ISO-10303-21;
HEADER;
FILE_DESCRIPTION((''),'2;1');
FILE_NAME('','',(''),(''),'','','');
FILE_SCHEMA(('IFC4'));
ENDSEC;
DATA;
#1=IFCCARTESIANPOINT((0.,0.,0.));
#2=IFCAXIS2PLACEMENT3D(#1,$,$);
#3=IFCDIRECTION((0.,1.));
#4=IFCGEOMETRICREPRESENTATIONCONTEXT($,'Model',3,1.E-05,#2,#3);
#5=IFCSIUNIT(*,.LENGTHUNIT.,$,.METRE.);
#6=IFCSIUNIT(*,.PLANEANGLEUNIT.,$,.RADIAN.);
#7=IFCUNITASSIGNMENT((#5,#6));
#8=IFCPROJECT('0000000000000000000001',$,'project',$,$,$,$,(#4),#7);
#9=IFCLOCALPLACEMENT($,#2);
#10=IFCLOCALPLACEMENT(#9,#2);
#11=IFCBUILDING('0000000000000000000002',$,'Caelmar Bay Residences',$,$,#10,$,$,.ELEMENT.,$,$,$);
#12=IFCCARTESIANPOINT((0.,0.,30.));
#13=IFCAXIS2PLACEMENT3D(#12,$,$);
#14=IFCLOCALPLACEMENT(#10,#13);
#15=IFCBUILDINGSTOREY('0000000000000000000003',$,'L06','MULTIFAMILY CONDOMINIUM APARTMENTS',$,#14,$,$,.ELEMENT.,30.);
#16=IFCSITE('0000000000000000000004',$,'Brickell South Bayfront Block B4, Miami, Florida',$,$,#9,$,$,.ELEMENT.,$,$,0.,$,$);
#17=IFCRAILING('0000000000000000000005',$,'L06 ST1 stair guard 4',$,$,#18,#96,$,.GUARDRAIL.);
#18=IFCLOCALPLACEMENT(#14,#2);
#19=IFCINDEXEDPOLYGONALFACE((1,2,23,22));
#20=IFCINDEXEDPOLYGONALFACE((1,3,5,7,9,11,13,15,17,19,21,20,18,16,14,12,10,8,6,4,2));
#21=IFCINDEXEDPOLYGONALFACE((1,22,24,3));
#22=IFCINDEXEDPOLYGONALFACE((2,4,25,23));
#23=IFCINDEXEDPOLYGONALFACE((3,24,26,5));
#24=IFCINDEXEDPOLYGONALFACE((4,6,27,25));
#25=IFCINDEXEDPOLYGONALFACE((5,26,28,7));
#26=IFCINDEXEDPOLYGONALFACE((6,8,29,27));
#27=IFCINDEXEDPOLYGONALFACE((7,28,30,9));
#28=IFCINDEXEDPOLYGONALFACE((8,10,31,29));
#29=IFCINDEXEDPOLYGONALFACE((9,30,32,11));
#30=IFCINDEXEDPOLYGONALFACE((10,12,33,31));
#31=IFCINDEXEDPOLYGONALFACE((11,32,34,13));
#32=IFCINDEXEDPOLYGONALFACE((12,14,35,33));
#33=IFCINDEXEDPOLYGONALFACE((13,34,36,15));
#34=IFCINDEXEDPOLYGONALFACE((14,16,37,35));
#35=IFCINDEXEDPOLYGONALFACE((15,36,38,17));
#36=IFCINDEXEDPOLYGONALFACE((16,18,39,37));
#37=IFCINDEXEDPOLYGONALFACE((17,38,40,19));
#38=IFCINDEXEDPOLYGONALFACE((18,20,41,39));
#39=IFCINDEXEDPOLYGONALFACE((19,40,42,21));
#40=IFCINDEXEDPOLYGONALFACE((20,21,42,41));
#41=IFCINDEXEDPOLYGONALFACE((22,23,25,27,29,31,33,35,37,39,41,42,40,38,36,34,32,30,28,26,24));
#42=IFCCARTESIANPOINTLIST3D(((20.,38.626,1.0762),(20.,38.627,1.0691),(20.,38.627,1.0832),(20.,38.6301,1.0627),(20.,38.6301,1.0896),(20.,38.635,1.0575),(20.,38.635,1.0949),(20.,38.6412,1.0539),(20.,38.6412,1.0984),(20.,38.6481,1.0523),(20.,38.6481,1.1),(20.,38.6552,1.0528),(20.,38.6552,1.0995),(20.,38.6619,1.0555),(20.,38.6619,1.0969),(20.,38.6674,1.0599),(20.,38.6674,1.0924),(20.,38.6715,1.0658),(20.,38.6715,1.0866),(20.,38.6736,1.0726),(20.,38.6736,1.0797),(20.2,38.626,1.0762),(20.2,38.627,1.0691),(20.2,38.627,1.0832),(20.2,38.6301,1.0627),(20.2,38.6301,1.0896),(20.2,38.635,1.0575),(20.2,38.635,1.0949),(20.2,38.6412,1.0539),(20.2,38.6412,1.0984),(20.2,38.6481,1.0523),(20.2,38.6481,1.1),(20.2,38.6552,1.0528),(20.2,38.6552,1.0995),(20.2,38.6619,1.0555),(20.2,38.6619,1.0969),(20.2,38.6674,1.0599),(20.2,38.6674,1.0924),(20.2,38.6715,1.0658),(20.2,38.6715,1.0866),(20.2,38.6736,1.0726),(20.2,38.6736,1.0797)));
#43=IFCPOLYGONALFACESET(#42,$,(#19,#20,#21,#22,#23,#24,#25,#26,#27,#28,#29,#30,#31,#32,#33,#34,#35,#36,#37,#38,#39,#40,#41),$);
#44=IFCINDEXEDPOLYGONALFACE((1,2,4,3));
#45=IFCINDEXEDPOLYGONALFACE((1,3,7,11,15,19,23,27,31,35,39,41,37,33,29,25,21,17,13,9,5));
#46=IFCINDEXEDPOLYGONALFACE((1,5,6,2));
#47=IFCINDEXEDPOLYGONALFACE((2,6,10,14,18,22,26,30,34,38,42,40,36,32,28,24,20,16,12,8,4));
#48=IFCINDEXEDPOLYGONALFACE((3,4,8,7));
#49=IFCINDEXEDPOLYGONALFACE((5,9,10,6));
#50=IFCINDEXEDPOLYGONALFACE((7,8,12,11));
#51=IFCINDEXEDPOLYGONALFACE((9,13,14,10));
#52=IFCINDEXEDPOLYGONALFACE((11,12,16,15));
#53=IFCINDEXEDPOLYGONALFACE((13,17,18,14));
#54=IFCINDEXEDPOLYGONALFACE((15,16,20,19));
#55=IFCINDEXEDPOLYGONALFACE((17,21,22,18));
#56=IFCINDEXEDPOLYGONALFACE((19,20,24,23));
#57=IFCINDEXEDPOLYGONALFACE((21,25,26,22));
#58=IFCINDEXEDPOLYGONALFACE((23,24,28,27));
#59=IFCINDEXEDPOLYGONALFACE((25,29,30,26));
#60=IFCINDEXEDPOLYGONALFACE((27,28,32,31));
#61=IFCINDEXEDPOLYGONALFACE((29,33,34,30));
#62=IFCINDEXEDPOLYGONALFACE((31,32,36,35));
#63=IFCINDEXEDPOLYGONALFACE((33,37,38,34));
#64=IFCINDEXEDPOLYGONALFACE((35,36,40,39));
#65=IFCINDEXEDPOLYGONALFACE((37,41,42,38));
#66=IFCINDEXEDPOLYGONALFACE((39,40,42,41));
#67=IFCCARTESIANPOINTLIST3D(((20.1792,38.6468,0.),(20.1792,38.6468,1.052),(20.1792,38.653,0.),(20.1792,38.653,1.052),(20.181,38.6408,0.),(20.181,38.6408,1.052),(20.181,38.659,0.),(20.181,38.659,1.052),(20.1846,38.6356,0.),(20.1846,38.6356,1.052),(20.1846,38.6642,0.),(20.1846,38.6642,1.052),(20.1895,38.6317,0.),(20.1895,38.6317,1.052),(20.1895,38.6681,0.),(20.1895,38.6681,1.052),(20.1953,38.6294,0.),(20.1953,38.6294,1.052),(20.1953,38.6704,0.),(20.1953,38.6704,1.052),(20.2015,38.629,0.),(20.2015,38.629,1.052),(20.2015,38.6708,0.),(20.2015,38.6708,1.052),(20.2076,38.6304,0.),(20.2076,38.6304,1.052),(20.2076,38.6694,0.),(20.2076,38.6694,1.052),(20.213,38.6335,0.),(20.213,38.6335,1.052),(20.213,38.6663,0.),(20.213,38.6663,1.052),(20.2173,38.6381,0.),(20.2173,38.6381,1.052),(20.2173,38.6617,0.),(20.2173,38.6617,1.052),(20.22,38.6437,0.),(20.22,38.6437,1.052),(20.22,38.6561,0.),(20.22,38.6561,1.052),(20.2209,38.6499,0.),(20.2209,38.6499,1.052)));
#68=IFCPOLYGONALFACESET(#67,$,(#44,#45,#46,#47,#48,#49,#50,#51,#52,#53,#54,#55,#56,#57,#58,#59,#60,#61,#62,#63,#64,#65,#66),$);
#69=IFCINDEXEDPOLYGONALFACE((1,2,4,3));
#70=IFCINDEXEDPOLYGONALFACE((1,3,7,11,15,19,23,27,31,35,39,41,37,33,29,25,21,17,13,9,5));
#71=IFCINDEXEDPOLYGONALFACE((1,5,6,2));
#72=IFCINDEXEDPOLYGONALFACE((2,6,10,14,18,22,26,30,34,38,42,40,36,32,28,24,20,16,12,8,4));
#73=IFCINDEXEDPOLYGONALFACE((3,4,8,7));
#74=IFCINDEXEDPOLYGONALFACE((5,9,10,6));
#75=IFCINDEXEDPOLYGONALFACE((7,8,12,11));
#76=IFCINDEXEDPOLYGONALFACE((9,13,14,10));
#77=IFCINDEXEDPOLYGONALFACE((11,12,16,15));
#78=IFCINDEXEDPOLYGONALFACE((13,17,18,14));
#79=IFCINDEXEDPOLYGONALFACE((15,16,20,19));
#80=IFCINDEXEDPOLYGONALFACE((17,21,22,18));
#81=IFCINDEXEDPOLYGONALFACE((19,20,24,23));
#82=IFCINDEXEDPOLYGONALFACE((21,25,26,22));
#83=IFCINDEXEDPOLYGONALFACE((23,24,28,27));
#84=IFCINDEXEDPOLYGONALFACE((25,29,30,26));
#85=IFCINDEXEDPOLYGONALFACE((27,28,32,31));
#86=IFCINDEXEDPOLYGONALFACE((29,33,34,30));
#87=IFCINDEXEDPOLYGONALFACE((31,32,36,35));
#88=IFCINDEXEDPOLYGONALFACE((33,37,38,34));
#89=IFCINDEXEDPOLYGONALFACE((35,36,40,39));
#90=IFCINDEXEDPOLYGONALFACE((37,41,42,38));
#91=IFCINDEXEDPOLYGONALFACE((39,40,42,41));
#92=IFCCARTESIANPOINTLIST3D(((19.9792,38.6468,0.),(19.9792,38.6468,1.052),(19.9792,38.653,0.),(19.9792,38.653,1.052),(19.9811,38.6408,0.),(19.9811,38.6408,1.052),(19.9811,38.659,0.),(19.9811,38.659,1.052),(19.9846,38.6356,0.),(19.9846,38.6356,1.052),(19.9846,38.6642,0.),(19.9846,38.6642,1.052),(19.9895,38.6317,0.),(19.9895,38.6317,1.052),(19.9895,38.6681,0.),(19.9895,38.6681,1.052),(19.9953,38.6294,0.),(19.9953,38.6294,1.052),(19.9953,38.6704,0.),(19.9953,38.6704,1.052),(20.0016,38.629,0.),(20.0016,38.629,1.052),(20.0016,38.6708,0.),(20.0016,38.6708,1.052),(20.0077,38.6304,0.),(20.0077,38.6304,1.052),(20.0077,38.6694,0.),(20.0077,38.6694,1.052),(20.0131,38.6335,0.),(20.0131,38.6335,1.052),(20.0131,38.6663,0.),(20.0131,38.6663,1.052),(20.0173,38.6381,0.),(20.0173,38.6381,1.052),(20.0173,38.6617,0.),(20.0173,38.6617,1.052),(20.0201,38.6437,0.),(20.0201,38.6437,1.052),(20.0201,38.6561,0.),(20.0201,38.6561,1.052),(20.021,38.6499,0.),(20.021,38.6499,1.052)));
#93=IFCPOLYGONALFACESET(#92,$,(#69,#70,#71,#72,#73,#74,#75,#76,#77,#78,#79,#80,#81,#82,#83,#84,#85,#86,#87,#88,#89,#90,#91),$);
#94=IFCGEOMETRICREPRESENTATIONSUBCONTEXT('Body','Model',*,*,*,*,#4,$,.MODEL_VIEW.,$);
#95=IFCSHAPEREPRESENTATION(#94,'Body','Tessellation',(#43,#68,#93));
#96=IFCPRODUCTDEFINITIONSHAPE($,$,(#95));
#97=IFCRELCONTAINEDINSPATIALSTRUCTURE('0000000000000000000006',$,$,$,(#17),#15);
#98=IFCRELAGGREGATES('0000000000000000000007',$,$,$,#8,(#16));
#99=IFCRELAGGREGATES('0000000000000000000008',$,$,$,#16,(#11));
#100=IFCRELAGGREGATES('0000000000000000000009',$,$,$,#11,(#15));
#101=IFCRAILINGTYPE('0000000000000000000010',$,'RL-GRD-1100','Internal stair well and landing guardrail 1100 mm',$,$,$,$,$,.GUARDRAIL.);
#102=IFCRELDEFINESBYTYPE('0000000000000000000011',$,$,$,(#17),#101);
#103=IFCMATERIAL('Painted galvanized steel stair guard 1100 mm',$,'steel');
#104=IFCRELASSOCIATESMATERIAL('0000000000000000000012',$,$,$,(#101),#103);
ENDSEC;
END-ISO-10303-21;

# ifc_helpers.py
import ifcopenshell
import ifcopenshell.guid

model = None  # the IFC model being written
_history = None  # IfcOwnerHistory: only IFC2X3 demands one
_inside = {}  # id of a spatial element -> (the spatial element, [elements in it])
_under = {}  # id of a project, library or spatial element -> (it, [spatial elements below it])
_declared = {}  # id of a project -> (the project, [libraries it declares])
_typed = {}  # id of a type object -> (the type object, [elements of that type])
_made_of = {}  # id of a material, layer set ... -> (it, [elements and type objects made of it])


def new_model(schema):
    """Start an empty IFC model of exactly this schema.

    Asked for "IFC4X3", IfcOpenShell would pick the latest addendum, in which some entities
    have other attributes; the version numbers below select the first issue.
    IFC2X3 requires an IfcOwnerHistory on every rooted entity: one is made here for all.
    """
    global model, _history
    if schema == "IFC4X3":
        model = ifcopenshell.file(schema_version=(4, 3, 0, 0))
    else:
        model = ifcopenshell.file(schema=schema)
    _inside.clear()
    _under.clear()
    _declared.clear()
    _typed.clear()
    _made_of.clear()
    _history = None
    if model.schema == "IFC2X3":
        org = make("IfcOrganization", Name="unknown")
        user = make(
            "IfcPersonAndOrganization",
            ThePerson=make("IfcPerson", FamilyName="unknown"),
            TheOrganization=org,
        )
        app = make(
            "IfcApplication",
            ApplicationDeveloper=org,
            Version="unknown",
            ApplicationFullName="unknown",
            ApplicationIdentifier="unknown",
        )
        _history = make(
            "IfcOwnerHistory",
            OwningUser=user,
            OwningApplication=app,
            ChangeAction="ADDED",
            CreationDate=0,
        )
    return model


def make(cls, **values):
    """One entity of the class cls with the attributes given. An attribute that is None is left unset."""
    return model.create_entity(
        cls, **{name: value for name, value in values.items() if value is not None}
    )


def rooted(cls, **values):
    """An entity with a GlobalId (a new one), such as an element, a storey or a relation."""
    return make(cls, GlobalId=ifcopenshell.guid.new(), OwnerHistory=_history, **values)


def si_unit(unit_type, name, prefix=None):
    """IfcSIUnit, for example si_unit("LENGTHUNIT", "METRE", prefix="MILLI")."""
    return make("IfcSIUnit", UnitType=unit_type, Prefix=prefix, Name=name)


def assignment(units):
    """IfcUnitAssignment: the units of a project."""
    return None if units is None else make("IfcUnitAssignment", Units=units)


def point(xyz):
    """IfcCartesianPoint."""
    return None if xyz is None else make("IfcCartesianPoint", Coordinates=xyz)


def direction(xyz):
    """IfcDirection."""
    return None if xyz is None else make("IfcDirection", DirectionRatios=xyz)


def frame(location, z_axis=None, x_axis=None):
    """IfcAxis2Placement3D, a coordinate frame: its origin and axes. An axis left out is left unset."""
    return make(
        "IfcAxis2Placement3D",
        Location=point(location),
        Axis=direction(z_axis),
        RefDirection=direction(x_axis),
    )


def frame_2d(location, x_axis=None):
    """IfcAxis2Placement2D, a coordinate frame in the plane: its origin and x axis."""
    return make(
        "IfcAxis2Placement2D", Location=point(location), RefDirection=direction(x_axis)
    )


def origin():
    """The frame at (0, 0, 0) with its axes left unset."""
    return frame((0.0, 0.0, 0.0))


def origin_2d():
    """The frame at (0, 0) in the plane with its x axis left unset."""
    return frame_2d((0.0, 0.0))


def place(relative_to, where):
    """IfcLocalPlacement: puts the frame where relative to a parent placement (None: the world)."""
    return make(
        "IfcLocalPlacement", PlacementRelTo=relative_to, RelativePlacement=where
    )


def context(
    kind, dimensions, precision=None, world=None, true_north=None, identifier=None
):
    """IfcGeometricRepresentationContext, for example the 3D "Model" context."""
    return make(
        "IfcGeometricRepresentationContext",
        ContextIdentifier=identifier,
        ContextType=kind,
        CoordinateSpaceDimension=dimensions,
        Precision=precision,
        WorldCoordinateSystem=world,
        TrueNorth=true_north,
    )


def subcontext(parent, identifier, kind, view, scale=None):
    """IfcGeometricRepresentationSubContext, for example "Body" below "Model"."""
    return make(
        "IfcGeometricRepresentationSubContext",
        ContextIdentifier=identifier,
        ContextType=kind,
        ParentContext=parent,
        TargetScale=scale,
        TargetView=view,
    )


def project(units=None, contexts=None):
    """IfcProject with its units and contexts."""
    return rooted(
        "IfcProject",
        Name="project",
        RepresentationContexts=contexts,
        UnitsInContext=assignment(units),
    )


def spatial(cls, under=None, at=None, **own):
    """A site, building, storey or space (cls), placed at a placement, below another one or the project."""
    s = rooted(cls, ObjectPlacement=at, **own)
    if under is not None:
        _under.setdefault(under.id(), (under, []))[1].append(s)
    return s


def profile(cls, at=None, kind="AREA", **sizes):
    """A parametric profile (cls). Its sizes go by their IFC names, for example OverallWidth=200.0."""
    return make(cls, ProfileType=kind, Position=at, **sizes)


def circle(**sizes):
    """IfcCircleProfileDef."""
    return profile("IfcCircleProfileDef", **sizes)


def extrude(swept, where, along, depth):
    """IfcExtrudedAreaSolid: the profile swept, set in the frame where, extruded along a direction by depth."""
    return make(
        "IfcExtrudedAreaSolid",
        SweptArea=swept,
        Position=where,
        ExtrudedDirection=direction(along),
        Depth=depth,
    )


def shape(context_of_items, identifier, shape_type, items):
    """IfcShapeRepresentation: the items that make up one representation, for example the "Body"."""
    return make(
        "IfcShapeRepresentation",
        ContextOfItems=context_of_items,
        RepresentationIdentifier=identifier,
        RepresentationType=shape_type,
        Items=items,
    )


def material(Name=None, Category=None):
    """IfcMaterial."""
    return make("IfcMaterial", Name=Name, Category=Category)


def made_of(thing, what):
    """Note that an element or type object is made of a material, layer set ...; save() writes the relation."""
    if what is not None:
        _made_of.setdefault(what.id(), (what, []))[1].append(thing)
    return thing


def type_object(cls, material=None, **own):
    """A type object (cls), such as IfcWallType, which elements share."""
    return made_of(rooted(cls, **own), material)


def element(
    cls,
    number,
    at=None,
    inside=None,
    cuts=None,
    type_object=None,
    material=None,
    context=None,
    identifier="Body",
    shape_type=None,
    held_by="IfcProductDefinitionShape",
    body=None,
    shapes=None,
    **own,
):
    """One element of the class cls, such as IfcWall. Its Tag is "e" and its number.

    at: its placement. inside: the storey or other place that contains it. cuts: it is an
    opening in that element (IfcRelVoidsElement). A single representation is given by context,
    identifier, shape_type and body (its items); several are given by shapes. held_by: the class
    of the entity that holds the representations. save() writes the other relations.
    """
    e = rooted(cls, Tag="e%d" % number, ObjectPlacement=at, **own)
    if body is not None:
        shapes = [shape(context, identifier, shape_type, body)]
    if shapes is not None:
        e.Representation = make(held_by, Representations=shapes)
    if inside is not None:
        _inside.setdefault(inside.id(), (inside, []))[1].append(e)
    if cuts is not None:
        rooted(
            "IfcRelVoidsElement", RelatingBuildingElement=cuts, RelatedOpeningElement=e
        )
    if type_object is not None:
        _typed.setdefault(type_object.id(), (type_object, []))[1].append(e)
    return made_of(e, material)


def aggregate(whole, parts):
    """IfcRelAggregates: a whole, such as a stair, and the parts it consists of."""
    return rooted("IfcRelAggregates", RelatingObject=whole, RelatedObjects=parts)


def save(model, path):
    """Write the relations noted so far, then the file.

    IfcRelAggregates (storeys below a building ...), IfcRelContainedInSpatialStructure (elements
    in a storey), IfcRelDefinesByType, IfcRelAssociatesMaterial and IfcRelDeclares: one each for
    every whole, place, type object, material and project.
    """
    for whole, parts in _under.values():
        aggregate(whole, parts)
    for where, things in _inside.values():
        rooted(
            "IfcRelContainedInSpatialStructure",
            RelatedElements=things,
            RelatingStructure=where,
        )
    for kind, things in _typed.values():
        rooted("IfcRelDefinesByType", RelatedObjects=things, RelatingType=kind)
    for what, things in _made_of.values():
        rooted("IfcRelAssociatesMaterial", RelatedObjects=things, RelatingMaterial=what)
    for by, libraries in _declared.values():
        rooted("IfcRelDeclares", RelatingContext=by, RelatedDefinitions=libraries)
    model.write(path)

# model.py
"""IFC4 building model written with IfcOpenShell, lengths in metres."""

from ifc_helpers import new_model, si_unit, direction, frame, origin, origin_2d, place, context, subcontext, project, spatial, circle, extrude, material, type_object, element, save


model = new_model("IFC4")

# Units and contexts
model_context = context("Model", 3, precision=1e-05, world=origin(), true_north=direction((0.0, 1.0)))
body_context = subcontext(model_context, "Body", "Model", "MODEL_VIEW")
ifc_project = project(units=[si_unit("LENGTHUNIT", "METRE"), si_unit("PLANEANGLEUNIT", "RADIAN")], contexts=[model_context])

# Site, building, storey
site_placement = place(None, origin())
site = spatial("IfcSite", under=ifc_project, at=site_placement, Name="Brickell South Bayfront Block B4, Miami, Florida", CompositionType="ELEMENT", RefElevation=0.0)
building_placement = place(site_placement, origin())
building = spatial("IfcBuilding", under=site, at=building_placement, Name="Caelmar Bay Residences", CompositionType="ELEMENT")
storey_placement = place(building_placement, frame((0.0, 0.0, 30.0)))
storey = spatial("IfcBuildingStorey", under=building, at=storey_placement, Name="L06", Description="MULTIFAMILY CONDOMINIUM APARTMENTS", CompositionType="ELEMENT", Elevation=30.0)

# Railing
ifc_material_1 = material(Name="Painted galvanized steel stair guard 1100 mm", Category="steel")
railing_type_1 = type_object("IfcRailingType", Name="RL-GRD-1100", Description="Internal stair well and landing guardrail 1100 mm", PredefinedType="GUARDRAIL", material=ifc_material_1)
railing_1_placement = place(storey_placement, frame((20.2, 38.6499, 0.0)))
element("IfcRailing", 1, at=railing_1_placement, inside=storey, type_object=railing_type_1, Name="L06 ST1 stair guard 4", PredefinedType="GUARDRAIL", context=body_context, shape_type="SweptSolid", body=[
    extrude(circle(Radius=0.0239, at=origin_2d()), frame((0.0, 0.0, 1.0762), z_axis=(-1.0, 0.0, 0.0), x_axis=(0.0, -1.0, 0.0)), (0.0, 0.0, 1.0), 0.2),
    extrude(circle(Radius=0.021, at=origin_2d()), origin(), (0.0, 0.0, 1.0), 1.052),
    extrude(circle(Radius=0.021, at=origin_2d()), frame((-0.2, 0.0, 0.0)), (0.0, 0.0, 1.0), 1.052),
])

save(model, "model.ifc")
